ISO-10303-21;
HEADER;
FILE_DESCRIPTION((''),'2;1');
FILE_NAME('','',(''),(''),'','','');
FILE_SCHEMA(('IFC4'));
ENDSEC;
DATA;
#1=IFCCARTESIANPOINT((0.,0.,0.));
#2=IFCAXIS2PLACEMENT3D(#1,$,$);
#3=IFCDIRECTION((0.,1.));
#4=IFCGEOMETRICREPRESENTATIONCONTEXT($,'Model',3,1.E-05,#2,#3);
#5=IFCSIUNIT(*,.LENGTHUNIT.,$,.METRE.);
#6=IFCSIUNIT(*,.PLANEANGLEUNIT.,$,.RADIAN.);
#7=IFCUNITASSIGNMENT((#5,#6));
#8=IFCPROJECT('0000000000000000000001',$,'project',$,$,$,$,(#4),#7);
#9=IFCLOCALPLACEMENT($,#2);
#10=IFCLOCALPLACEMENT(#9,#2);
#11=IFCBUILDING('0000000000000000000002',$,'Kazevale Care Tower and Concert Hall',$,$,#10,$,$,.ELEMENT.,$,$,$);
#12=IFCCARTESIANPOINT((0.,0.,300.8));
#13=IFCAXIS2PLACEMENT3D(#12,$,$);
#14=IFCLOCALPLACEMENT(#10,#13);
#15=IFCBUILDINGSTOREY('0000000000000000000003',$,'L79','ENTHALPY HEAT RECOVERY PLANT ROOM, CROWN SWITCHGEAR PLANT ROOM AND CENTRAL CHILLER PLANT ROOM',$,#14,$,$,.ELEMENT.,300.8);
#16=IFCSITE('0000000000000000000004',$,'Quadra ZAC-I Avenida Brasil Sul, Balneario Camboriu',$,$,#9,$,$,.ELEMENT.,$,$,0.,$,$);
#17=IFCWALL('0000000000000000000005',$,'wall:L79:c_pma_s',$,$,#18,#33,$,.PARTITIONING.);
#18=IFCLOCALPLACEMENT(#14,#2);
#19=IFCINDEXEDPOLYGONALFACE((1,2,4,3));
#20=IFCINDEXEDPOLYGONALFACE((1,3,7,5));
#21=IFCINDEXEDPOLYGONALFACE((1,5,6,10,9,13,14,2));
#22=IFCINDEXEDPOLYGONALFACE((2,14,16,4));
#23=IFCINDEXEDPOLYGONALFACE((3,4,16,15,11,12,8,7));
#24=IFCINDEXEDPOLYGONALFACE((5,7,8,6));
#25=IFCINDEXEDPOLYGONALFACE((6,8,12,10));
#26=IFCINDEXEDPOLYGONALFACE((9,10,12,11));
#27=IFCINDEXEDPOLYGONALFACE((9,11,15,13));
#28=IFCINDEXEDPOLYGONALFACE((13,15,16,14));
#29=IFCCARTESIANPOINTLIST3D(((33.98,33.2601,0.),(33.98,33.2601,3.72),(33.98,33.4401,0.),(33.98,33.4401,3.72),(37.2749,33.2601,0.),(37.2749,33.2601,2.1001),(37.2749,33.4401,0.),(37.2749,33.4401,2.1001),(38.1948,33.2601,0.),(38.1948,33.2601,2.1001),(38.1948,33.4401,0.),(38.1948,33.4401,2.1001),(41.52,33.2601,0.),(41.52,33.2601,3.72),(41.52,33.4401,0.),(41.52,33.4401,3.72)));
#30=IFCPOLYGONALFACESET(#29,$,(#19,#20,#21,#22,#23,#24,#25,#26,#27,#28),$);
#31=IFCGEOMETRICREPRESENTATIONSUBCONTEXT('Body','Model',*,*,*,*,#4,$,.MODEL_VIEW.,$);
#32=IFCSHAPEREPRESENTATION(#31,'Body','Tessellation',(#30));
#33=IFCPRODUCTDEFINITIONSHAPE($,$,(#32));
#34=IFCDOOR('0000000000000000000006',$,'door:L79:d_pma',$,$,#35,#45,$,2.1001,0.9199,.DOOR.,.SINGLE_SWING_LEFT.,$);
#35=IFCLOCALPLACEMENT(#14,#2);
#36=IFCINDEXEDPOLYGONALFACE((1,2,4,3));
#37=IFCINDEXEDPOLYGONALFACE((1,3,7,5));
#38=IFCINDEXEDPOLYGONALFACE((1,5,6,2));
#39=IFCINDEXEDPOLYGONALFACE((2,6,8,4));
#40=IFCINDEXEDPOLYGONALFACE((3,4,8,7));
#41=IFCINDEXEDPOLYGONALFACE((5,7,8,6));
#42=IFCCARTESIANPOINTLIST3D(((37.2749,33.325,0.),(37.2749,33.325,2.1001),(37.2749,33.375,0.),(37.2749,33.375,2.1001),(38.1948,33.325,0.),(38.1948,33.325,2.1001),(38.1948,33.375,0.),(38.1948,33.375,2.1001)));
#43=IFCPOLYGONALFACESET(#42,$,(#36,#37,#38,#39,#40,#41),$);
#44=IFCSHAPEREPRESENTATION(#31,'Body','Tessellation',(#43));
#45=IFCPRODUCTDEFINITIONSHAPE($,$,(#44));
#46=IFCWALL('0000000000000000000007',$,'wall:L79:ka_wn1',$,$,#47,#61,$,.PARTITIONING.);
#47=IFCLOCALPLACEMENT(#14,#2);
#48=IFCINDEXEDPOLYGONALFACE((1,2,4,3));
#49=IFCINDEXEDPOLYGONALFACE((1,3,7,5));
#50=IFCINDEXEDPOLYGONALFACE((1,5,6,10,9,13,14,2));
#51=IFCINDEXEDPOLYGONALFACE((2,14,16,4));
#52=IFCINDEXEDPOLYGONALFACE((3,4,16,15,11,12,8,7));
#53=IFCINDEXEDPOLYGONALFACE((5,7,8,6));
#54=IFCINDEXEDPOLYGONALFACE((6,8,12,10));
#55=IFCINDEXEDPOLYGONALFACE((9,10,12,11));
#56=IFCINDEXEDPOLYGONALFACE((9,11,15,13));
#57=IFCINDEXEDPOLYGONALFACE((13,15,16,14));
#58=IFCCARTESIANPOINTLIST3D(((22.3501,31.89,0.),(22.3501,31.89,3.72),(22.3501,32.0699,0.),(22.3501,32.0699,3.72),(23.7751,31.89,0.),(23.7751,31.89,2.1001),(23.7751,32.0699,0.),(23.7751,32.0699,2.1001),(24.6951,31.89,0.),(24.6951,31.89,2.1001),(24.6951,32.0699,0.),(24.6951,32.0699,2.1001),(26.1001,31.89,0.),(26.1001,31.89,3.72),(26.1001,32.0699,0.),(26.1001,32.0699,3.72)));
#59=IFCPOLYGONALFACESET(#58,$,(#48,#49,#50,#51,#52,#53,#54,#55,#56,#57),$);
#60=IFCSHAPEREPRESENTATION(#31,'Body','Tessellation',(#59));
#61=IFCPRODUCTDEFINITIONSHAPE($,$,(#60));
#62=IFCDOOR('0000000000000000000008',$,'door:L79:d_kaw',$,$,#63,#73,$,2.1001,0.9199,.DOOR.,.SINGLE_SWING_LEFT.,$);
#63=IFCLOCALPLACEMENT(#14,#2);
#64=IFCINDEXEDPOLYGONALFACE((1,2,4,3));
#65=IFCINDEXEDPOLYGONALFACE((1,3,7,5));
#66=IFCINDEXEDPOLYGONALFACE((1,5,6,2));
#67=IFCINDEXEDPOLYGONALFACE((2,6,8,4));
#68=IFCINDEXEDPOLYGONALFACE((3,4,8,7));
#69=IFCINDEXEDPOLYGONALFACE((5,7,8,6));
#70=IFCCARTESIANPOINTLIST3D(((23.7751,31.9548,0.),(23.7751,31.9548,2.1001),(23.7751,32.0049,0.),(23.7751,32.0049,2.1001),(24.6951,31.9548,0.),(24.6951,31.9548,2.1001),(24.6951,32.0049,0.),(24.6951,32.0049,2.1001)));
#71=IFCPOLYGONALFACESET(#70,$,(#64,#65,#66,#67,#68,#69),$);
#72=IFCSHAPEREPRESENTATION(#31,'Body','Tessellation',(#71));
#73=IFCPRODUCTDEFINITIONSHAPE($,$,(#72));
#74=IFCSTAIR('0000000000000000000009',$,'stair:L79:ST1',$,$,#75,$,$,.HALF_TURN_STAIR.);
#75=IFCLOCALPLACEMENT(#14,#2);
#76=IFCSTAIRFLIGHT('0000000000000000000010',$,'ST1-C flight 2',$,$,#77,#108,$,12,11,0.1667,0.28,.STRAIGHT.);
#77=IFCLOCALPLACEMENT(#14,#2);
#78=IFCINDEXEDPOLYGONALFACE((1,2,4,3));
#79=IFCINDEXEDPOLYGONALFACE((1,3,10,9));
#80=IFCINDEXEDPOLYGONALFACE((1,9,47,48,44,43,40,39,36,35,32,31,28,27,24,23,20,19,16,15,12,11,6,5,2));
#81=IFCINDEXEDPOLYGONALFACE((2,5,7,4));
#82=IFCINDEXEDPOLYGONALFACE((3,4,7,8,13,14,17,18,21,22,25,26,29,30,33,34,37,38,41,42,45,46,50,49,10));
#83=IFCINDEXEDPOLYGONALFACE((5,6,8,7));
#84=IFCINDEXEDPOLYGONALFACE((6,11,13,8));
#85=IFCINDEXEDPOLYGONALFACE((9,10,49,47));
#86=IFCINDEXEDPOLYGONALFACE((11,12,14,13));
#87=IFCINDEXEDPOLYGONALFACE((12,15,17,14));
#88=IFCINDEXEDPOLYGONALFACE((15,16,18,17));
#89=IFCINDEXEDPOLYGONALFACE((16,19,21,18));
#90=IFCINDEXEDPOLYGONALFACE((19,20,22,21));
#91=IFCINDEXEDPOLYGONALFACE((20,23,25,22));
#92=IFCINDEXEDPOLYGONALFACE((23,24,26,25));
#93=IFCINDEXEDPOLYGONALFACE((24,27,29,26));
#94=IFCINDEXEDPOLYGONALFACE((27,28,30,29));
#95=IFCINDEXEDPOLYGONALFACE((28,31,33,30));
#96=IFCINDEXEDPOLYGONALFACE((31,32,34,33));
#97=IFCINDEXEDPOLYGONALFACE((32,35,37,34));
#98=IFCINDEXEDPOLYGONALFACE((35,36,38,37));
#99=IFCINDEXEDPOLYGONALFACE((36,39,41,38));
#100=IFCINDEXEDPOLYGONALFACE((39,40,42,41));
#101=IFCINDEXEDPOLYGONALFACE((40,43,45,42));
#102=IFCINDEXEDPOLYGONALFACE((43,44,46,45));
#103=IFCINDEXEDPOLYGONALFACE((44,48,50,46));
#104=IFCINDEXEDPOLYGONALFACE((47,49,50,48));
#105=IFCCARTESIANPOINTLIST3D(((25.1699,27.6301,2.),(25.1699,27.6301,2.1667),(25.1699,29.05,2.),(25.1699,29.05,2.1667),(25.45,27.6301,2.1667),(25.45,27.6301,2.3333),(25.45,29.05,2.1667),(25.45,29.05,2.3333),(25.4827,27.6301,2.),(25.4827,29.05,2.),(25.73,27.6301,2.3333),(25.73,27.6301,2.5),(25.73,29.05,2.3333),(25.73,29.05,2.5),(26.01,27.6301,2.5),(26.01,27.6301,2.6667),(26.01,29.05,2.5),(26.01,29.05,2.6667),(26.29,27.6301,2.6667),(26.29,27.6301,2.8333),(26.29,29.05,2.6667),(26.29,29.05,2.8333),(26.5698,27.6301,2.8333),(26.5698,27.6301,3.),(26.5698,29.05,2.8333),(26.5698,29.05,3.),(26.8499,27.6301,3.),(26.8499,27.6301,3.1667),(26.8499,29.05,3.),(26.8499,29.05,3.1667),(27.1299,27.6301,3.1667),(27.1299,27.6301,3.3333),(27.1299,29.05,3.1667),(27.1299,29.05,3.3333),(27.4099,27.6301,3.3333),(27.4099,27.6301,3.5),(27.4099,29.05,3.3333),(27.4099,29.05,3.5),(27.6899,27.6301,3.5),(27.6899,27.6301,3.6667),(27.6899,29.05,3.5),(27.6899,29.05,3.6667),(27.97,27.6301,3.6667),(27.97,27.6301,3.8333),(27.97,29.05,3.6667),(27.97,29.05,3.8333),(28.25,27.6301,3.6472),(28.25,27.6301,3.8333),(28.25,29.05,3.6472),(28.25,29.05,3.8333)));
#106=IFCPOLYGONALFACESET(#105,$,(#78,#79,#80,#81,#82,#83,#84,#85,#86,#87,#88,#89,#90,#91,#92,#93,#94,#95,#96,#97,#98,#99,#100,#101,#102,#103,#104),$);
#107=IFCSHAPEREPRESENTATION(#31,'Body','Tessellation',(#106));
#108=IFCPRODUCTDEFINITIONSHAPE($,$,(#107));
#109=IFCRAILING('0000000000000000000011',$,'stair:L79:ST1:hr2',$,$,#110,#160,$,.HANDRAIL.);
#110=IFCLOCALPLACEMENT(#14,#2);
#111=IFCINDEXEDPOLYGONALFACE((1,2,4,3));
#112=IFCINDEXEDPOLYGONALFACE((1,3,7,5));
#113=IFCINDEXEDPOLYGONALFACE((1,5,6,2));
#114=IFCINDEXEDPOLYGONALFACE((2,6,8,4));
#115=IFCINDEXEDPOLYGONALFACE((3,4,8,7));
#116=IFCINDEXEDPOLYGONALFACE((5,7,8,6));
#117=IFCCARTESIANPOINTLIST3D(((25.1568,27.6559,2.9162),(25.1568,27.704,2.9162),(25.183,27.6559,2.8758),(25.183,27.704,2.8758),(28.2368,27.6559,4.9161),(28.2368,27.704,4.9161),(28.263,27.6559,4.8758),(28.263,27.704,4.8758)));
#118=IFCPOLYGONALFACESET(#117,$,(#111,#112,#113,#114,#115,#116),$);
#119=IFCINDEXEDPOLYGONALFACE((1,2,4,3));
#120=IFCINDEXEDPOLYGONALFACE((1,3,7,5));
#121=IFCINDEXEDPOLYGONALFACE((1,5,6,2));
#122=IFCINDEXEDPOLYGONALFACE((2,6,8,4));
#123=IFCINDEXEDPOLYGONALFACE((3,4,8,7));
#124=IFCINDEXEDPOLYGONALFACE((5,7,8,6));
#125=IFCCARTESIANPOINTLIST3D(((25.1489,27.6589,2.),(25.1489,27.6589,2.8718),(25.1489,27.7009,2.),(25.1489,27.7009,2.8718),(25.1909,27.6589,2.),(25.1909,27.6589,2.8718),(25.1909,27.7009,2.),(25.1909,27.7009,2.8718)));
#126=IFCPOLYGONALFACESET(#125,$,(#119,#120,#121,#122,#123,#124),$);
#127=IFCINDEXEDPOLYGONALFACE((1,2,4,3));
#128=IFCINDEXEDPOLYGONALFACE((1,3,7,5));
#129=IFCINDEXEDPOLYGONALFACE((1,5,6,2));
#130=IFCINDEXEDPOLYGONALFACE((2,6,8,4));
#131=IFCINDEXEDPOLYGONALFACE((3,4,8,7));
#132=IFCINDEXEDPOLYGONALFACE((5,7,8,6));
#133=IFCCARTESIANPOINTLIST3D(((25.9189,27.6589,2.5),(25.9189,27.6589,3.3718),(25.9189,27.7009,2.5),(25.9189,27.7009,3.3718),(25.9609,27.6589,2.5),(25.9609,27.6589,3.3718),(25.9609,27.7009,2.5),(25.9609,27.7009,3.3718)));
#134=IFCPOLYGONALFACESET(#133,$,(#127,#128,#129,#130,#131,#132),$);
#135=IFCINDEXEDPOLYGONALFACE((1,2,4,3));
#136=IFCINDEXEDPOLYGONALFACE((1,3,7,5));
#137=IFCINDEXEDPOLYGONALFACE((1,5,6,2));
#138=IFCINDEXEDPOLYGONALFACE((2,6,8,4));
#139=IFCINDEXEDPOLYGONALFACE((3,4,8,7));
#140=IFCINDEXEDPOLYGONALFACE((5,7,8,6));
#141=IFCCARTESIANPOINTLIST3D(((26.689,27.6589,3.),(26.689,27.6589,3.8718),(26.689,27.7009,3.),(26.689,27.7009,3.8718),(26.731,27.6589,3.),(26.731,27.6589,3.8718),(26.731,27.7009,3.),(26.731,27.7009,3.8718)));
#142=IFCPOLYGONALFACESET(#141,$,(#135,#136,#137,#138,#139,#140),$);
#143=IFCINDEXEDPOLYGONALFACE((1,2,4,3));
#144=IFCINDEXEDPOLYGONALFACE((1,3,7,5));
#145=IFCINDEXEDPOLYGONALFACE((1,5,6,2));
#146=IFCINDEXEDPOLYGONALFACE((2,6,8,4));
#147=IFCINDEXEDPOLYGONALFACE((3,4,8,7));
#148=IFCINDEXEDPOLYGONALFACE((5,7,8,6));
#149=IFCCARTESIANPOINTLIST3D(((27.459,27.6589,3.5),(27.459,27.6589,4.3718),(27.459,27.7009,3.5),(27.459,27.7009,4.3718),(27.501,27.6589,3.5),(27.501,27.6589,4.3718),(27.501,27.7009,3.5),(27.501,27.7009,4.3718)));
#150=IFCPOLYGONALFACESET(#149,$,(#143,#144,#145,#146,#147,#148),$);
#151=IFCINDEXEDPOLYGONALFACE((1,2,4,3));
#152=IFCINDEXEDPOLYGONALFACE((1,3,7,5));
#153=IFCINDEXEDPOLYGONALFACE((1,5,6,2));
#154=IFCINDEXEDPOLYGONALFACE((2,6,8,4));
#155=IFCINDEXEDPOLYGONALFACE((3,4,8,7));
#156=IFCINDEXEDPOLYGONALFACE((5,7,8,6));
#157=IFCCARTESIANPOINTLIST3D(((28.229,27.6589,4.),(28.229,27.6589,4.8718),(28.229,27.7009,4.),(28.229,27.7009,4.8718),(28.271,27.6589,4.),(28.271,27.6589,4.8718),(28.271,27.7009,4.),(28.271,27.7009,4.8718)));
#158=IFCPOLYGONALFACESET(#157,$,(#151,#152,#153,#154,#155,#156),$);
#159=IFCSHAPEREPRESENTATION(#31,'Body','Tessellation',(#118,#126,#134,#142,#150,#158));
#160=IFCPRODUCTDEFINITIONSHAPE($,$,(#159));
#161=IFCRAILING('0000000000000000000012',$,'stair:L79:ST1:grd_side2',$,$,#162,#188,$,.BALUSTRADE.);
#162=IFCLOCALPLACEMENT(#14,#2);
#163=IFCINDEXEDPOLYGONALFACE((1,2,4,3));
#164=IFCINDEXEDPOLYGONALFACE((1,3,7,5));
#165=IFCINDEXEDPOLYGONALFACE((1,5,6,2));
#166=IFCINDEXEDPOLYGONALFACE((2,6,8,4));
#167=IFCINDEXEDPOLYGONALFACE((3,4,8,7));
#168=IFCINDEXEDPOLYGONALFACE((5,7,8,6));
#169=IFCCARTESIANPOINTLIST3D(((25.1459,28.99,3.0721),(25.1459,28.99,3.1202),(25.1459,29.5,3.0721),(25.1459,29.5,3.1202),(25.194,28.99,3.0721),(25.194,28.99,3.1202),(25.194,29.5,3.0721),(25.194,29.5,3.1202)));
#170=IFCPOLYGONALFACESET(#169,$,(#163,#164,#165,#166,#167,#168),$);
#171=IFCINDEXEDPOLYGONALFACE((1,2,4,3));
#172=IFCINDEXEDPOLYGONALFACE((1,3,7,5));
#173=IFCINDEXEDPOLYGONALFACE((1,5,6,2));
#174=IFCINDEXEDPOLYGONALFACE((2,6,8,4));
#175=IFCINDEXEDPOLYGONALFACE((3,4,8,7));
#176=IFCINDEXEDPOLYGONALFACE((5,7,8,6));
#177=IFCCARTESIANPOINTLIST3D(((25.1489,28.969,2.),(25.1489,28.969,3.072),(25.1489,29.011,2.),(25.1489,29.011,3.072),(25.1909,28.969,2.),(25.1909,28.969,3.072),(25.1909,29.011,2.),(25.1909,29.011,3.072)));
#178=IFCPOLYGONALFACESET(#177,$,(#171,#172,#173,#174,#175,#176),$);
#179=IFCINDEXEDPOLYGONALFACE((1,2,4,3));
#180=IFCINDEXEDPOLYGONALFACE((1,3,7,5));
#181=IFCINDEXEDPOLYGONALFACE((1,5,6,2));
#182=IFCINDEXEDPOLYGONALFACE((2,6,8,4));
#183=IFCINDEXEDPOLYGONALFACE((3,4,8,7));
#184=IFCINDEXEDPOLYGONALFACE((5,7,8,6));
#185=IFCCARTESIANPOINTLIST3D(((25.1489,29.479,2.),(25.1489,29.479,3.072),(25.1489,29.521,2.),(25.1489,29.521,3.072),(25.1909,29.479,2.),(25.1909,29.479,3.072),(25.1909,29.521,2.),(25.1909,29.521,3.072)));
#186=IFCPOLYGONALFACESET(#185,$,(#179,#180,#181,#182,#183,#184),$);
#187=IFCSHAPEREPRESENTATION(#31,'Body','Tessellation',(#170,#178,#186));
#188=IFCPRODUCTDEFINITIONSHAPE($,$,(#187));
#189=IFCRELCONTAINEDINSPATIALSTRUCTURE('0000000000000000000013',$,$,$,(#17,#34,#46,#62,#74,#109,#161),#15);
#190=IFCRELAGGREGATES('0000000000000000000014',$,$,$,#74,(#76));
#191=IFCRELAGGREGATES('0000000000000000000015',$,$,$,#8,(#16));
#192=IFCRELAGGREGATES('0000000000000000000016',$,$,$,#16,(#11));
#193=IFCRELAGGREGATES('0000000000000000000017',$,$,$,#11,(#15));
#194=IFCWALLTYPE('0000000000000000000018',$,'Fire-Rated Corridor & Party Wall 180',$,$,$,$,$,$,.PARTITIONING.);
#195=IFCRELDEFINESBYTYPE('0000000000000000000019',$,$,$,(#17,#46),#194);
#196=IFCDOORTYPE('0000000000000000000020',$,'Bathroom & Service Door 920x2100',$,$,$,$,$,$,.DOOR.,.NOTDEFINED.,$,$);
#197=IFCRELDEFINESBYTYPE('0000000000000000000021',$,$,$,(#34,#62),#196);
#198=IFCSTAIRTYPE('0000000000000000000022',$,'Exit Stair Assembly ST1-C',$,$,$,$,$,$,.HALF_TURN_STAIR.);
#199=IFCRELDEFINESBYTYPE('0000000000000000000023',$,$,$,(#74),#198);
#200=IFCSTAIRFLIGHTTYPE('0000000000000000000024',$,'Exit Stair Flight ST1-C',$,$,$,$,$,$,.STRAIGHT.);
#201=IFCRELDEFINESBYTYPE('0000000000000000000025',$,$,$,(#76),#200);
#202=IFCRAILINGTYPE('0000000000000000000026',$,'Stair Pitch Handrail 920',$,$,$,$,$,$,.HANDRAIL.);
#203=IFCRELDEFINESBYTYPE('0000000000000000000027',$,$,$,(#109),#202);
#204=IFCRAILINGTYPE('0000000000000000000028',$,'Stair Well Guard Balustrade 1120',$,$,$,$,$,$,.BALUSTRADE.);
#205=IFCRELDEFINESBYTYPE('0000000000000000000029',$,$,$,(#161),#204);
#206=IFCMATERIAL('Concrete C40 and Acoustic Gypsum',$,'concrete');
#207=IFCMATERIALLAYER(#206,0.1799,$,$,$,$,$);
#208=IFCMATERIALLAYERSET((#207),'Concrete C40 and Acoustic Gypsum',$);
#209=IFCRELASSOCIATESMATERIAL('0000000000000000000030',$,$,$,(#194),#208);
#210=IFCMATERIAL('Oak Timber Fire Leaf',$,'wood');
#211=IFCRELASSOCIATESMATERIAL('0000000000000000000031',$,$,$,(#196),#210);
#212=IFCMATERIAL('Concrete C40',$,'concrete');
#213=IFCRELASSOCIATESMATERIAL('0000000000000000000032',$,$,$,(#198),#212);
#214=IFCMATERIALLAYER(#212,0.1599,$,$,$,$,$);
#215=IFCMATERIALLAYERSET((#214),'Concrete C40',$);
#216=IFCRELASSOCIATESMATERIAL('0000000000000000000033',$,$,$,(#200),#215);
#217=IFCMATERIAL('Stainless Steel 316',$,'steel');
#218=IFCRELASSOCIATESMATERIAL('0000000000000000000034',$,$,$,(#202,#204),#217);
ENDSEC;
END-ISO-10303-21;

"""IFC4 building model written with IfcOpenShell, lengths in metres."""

from ifc_helpers import new_model, si_unit, direction, frame, frame_2d, origin, origin_2d, place, context, subcontext, project, spatial, polyline, rectangle, outline, extrude, material, layer, layer_set, type_object, element, fill, aggregate, save


model = new_model("IFC4")

# Units and contexts
model_context = context("Model", 3, precision=1e-05, world=origin(), true_north=direction((0.0, 1.0)))
body_context = subcontext(model_context, "Body", "Model", "MODEL_VIEW")
ifc_project = project(units=[si_unit("LENGTHUNIT", "METRE"), si_unit("PLANEANGLEUNIT", "RADIAN")], contexts=[model_context])

# Site, building, storey
site_placement = place(None, origin())
site = spatial("IfcSite", under=ifc_project, at=site_placement, Name="Quadra ZAC-I Avenida Brasil Sul, Balneario Camboriu", CompositionType="ELEMENT", RefElevation=0.0)
building_placement = place(site_placement, origin())
building = spatial("IfcBuilding", under=site, at=building_placement, Name="Kazevale Care Tower and Concert Hall", CompositionType="ELEMENT")
storey_placement = place(building_placement, frame((0.0, 0.0, 300.8)))
storey = spatial("IfcBuildingStorey", under=building, at=storey_placement, Name="L79", Description="ENTHALPY HEAT RECOVERY PLANT ROOM, CROWN SWITCHGEAR PLANT ROOM AND CENTRAL CHILLER PLANT ROOM", CompositionType="ELEMENT", Elevation=300.8)

# Shared definitions
ifc_material_1 = material(Name="Concrete C40", Category="concrete")
ifc_material_2 = material(Name="Stainless Steel 316", Category="steel")

# Shared definitions
ifc_material_3 = material(Name="Concrete C40 and Acoustic Gypsum", Category="concrete")
ifc_layer_1 = layer(ifc_material_3, 0.1799)
ifc_layer_set_1 = layer_set([ifc_layer_1], Name="Concrete C40 and Acoustic Gypsum")
wall_type_1 = type_object("IfcWallType", Name="Fire-Rated Corridor & Party Wall 180", PredefinedType="PARTITIONING", material=ifc_layer_set_1)
ifc_material_4 = material(Name="Oak Timber Fire Leaf", Category="wood")
door_type_1 = type_object("IfcDoorType", Name="Bathroom & Service Door 920x2100", OperationType="NOTDEFINED", PredefinedType="DOOR", material=ifc_material_4)

# Walls, openings, doors
wall_1_placement = place(storey_placement, frame((33.98, 33.3501, 0.0), z_axis=(0.0, 0.0, 1.0), x_axis=(1.0, 0.0, 0.0)))
wall_1 = element("IfcWall", 1, at=wall_1_placement, inside=storey, type_object=wall_type_1, Name="wall:L79:c_pma_s", PredefinedType="PARTITIONING", context=body_context, shape_type="SweptSolid", body=[
    extrude(rectangle(XDim=7.54, YDim=0.1799, at=frame_2d((3.77, 0.0))), origin(), (0.0, 0.0, 1.0), 3.72),
])
opening_1_placement = place(wall_1_placement, frame((3.2949, 0.0, 0.0)))
opening_1 = element("IfcOpeningElement", 2, at=opening_1_placement, cuts=wall_1, PredefinedType="OPENING", context=body_context, shape_type="SweptSolid", body=[
    extrude(rectangle(XDim=0.9199, YDim=2.1001, at=frame_2d((0.46, 1.05))), frame((0.0, 0.0999, 0.0), z_axis=(0.0, -1.0, 0.0), x_axis=(1.0, 0.0, 0.0)), (0.0, 0.0, 1.0), 0.2),
])
door_1_placement = place(opening_1_placement, origin())
door_1 = element("IfcDoor", 3, at=door_1_placement, inside=storey, type_object=door_type_1, Name="door:L79:d_pma", OperationType="SINGLE_SWING_LEFT", OverallHeight=2.1001, OverallWidth=0.9199, PredefinedType="DOOR", context=body_context, shape_type="SweptSolid", body=[
    extrude(rectangle(XDim=0.9199, YDim=2.1001, at=frame_2d((0.46, 1.05))), frame((0.0, 0.0249, 0.0), z_axis=(0.0, -1.0, 0.0), x_axis=(1.0, 0.0, 0.0)), (0.0, 0.0, 1.0), 0.05),
])
fill(opening_1, door_1)
wall_2_placement = place(storey_placement, frame((22.3501, 31.98, 0.0), z_axis=(0.0, 0.0, 1.0), x_axis=(1.0, 0.0, 0.0)))
wall_2 = element("IfcWall", 4, at=wall_2_placement, inside=storey, type_object=wall_type_1, Name="wall:L79:ka_wn1", PredefinedType="PARTITIONING", context=body_context, shape_type="SweptSolid", body=[
    extrude(rectangle(XDim=3.75, YDim=0.1799, at=frame_2d((1.875, 0.0))), origin(), (0.0, 0.0, 1.0), 3.72),
])
opening_2_placement = place(wall_2_placement, frame((1.425, 0.0, 0.0)))
opening_2 = element("IfcOpeningElement", 5, at=opening_2_placement, cuts=wall_2, PredefinedType="OPENING", context=body_context, shape_type="SweptSolid", body=[
    extrude(rectangle(XDim=0.9199, YDim=2.1001, at=frame_2d((0.46, 1.05))), frame((0.0, 0.0999, 0.0), z_axis=(0.0, -1.0, 0.0), x_axis=(1.0, 0.0, 0.0)), (0.0, 0.0, 1.0), 0.2),
])
door_2_placement = place(opening_2_placement, origin())
door_2 = element("IfcDoor", 6, at=door_2_placement, inside=storey, type_object=door_type_1, Name="door:L79:d_kaw", OperationType="SINGLE_SWING_LEFT", OverallHeight=2.1001, OverallWidth=0.9199, PredefinedType="DOOR", context=body_context, shape_type="SweptSolid", body=[
    extrude(rectangle(XDim=0.9199, YDim=2.1001, at=frame_2d((0.46, 1.05))), frame((0.0, 0.0249, 0.0), z_axis=(0.0, -1.0, 0.0), x_axis=(1.0, 0.0, 0.0)), (0.0, 0.0, 1.0), 0.05),
])
fill(opening_2, door_2)

# Stair, stair flight
stair_type = type_object("IfcStairType", Name="Exit Stair Assembly ST1-C", PredefinedType="HALF_TURN_STAIR", material=ifc_material_1)
stair_placement = place(storey_placement, origin())
stair = element("IfcStair", 7, at=stair_placement, inside=storey, type_object=stair_type, Name="stair:L79:ST1", PredefinedType="HALF_TURN_STAIR")
ifc_layer_2 = layer(ifc_material_1, 0.1599)
ifc_layer_set_2 = layer_set([ifc_layer_2], Name="Concrete C40")
stair_flight_type = type_object("IfcStairFlightType", Name="Exit Stair Flight ST1-C", PredefinedType="STRAIGHT", material=ifc_layer_set_2)
stair_flight_placement = place(storey_placement, frame((25.1699, 28.3401, 2.0), z_axis=(0.0, 0.0, 1.0), x_axis=(1.0, 0.0, 0.0)))
stair_flight = element("IfcStairFlight", 8, at=stair_flight_placement, type_object=stair_flight_type, Name="ST1-C flight 2", NumberOfRisers=12, NumberOfTreads=11, PredefinedType="STRAIGHT", RiserHeight=0.1667, TreadLength=0.28, context=body_context, shape_type="SweptSolid", body=[
    extrude(outline(polyline([(0.0, 0.0), (0.0, 0.1667), (0.28, 0.1667), (0.28, 0.3333), (0.5601, 0.3333), (0.5601, 0.5), (0.8401, 0.5), (0.8401, 0.6667), (1.1201, 0.6667), (1.1201, 0.8333), (1.3999, 0.8333), (1.3999, 1.0), (1.6799, 1.0), (1.6799, 1.1667), (1.96, 1.1667), (1.96, 1.3333), (2.24, 1.3333), (2.24, 1.5), (2.52, 1.5), (2.52, 1.6667), (2.8, 1.6667), (2.8, 1.8333), (3.0801, 1.8333), (3.0801, 2.0), (3.0801, 1.6472), (0.3127, 0.0), (0.0, 0.0)])), frame((0.0, 0.71, 0.0), z_axis=(0.0, -1.0, 0.0), x_axis=(1.0, 0.0, 0.0)), (0.0, 0.0, 1.0), 1.4199),
])
aggregate(stair, [stair_flight])

# Railings
railing_type_1 = type_object("IfcRailingType", Name="Stair Pitch Handrail 920", PredefinedType="HANDRAIL", material=ifc_material_2)
railing_1_placement = place(storey_placement, frame((25.1699, 27.6799, 2.0)))
element("IfcRailing", 9, at=railing_1_placement, inside=storey, type_object=railing_type_1, Name="stair:L79:ST1:hr2", PredefinedType="HANDRAIL", context=body_context, shape_type="SweptSolid", body=[
    extrude(rectangle(XDim=0.0481, YDim=0.0481, at=origin_2d()), frame((0.0, 0.0, 0.896), z_axis=(0.838699, 0.0, 0.544596), x_axis=(0.0, 1.0, 0.0)), (0.0, 0.0, 1.0), 3.6724),
    extrude(rectangle(XDim=0.042, YDim=0.042, at=origin_2d()), origin(), (0.0, 0.0, 1.0), 0.8718),
    extrude(rectangle(XDim=0.042, YDim=0.042, at=origin_2d()), frame((0.77, 0.0, 0.5)), (0.0, 0.0, 1.0), 0.8718),
    extrude(rectangle(XDim=0.042, YDim=0.042, at=origin_2d()), frame((1.54, 0.0, 1.0)), (0.0, 0.0, 1.0), 0.8718),
    extrude(rectangle(XDim=0.042, YDim=0.042, at=origin_2d()), frame((2.3101, 0.0, 1.5)), (0.0, 0.0, 1.0), 0.8718),
    extrude(rectangle(XDim=0.042, YDim=0.042, at=origin_2d()), frame((3.0801, 0.0, 2.0)), (0.0, 0.0, 1.0), 0.8718),
])
railing_type_2 = type_object("IfcRailingType", Name="Stair Well Guard Balustrade 1120", PredefinedType="BALUSTRADE", material=ifc_material_2)
railing_2_placement = place(storey_placement, frame((25.1699, 28.99, 2.0)))
element("IfcRailing", 10, at=railing_2_placement, inside=storey, type_object=railing_type_2, Name="stair:L79:ST1:grd_side2", PredefinedType="BALUSTRADE", context=body_context, shape_type="SweptSolid", body=[
    extrude(rectangle(XDim=0.0481, YDim=0.0481, at=origin_2d()), frame((0.0, 0.0, 1.0962), z_axis=(0.0, 1.0, 0.0), x_axis=(-1.0, 0.0, 0.0)), (0.0, 0.0, 1.0), 0.51),
    extrude(rectangle(XDim=0.042, YDim=0.042, at=origin_2d()), origin(), (0.0, 0.0, 1.0), 1.072),
    extrude(rectangle(XDim=0.042, YDim=0.042, at=origin_2d()), frame((0.0, 0.51, 0.0)), (0.0, 0.0, 1.0), 1.072),
])

save(model, "model.ifc")
